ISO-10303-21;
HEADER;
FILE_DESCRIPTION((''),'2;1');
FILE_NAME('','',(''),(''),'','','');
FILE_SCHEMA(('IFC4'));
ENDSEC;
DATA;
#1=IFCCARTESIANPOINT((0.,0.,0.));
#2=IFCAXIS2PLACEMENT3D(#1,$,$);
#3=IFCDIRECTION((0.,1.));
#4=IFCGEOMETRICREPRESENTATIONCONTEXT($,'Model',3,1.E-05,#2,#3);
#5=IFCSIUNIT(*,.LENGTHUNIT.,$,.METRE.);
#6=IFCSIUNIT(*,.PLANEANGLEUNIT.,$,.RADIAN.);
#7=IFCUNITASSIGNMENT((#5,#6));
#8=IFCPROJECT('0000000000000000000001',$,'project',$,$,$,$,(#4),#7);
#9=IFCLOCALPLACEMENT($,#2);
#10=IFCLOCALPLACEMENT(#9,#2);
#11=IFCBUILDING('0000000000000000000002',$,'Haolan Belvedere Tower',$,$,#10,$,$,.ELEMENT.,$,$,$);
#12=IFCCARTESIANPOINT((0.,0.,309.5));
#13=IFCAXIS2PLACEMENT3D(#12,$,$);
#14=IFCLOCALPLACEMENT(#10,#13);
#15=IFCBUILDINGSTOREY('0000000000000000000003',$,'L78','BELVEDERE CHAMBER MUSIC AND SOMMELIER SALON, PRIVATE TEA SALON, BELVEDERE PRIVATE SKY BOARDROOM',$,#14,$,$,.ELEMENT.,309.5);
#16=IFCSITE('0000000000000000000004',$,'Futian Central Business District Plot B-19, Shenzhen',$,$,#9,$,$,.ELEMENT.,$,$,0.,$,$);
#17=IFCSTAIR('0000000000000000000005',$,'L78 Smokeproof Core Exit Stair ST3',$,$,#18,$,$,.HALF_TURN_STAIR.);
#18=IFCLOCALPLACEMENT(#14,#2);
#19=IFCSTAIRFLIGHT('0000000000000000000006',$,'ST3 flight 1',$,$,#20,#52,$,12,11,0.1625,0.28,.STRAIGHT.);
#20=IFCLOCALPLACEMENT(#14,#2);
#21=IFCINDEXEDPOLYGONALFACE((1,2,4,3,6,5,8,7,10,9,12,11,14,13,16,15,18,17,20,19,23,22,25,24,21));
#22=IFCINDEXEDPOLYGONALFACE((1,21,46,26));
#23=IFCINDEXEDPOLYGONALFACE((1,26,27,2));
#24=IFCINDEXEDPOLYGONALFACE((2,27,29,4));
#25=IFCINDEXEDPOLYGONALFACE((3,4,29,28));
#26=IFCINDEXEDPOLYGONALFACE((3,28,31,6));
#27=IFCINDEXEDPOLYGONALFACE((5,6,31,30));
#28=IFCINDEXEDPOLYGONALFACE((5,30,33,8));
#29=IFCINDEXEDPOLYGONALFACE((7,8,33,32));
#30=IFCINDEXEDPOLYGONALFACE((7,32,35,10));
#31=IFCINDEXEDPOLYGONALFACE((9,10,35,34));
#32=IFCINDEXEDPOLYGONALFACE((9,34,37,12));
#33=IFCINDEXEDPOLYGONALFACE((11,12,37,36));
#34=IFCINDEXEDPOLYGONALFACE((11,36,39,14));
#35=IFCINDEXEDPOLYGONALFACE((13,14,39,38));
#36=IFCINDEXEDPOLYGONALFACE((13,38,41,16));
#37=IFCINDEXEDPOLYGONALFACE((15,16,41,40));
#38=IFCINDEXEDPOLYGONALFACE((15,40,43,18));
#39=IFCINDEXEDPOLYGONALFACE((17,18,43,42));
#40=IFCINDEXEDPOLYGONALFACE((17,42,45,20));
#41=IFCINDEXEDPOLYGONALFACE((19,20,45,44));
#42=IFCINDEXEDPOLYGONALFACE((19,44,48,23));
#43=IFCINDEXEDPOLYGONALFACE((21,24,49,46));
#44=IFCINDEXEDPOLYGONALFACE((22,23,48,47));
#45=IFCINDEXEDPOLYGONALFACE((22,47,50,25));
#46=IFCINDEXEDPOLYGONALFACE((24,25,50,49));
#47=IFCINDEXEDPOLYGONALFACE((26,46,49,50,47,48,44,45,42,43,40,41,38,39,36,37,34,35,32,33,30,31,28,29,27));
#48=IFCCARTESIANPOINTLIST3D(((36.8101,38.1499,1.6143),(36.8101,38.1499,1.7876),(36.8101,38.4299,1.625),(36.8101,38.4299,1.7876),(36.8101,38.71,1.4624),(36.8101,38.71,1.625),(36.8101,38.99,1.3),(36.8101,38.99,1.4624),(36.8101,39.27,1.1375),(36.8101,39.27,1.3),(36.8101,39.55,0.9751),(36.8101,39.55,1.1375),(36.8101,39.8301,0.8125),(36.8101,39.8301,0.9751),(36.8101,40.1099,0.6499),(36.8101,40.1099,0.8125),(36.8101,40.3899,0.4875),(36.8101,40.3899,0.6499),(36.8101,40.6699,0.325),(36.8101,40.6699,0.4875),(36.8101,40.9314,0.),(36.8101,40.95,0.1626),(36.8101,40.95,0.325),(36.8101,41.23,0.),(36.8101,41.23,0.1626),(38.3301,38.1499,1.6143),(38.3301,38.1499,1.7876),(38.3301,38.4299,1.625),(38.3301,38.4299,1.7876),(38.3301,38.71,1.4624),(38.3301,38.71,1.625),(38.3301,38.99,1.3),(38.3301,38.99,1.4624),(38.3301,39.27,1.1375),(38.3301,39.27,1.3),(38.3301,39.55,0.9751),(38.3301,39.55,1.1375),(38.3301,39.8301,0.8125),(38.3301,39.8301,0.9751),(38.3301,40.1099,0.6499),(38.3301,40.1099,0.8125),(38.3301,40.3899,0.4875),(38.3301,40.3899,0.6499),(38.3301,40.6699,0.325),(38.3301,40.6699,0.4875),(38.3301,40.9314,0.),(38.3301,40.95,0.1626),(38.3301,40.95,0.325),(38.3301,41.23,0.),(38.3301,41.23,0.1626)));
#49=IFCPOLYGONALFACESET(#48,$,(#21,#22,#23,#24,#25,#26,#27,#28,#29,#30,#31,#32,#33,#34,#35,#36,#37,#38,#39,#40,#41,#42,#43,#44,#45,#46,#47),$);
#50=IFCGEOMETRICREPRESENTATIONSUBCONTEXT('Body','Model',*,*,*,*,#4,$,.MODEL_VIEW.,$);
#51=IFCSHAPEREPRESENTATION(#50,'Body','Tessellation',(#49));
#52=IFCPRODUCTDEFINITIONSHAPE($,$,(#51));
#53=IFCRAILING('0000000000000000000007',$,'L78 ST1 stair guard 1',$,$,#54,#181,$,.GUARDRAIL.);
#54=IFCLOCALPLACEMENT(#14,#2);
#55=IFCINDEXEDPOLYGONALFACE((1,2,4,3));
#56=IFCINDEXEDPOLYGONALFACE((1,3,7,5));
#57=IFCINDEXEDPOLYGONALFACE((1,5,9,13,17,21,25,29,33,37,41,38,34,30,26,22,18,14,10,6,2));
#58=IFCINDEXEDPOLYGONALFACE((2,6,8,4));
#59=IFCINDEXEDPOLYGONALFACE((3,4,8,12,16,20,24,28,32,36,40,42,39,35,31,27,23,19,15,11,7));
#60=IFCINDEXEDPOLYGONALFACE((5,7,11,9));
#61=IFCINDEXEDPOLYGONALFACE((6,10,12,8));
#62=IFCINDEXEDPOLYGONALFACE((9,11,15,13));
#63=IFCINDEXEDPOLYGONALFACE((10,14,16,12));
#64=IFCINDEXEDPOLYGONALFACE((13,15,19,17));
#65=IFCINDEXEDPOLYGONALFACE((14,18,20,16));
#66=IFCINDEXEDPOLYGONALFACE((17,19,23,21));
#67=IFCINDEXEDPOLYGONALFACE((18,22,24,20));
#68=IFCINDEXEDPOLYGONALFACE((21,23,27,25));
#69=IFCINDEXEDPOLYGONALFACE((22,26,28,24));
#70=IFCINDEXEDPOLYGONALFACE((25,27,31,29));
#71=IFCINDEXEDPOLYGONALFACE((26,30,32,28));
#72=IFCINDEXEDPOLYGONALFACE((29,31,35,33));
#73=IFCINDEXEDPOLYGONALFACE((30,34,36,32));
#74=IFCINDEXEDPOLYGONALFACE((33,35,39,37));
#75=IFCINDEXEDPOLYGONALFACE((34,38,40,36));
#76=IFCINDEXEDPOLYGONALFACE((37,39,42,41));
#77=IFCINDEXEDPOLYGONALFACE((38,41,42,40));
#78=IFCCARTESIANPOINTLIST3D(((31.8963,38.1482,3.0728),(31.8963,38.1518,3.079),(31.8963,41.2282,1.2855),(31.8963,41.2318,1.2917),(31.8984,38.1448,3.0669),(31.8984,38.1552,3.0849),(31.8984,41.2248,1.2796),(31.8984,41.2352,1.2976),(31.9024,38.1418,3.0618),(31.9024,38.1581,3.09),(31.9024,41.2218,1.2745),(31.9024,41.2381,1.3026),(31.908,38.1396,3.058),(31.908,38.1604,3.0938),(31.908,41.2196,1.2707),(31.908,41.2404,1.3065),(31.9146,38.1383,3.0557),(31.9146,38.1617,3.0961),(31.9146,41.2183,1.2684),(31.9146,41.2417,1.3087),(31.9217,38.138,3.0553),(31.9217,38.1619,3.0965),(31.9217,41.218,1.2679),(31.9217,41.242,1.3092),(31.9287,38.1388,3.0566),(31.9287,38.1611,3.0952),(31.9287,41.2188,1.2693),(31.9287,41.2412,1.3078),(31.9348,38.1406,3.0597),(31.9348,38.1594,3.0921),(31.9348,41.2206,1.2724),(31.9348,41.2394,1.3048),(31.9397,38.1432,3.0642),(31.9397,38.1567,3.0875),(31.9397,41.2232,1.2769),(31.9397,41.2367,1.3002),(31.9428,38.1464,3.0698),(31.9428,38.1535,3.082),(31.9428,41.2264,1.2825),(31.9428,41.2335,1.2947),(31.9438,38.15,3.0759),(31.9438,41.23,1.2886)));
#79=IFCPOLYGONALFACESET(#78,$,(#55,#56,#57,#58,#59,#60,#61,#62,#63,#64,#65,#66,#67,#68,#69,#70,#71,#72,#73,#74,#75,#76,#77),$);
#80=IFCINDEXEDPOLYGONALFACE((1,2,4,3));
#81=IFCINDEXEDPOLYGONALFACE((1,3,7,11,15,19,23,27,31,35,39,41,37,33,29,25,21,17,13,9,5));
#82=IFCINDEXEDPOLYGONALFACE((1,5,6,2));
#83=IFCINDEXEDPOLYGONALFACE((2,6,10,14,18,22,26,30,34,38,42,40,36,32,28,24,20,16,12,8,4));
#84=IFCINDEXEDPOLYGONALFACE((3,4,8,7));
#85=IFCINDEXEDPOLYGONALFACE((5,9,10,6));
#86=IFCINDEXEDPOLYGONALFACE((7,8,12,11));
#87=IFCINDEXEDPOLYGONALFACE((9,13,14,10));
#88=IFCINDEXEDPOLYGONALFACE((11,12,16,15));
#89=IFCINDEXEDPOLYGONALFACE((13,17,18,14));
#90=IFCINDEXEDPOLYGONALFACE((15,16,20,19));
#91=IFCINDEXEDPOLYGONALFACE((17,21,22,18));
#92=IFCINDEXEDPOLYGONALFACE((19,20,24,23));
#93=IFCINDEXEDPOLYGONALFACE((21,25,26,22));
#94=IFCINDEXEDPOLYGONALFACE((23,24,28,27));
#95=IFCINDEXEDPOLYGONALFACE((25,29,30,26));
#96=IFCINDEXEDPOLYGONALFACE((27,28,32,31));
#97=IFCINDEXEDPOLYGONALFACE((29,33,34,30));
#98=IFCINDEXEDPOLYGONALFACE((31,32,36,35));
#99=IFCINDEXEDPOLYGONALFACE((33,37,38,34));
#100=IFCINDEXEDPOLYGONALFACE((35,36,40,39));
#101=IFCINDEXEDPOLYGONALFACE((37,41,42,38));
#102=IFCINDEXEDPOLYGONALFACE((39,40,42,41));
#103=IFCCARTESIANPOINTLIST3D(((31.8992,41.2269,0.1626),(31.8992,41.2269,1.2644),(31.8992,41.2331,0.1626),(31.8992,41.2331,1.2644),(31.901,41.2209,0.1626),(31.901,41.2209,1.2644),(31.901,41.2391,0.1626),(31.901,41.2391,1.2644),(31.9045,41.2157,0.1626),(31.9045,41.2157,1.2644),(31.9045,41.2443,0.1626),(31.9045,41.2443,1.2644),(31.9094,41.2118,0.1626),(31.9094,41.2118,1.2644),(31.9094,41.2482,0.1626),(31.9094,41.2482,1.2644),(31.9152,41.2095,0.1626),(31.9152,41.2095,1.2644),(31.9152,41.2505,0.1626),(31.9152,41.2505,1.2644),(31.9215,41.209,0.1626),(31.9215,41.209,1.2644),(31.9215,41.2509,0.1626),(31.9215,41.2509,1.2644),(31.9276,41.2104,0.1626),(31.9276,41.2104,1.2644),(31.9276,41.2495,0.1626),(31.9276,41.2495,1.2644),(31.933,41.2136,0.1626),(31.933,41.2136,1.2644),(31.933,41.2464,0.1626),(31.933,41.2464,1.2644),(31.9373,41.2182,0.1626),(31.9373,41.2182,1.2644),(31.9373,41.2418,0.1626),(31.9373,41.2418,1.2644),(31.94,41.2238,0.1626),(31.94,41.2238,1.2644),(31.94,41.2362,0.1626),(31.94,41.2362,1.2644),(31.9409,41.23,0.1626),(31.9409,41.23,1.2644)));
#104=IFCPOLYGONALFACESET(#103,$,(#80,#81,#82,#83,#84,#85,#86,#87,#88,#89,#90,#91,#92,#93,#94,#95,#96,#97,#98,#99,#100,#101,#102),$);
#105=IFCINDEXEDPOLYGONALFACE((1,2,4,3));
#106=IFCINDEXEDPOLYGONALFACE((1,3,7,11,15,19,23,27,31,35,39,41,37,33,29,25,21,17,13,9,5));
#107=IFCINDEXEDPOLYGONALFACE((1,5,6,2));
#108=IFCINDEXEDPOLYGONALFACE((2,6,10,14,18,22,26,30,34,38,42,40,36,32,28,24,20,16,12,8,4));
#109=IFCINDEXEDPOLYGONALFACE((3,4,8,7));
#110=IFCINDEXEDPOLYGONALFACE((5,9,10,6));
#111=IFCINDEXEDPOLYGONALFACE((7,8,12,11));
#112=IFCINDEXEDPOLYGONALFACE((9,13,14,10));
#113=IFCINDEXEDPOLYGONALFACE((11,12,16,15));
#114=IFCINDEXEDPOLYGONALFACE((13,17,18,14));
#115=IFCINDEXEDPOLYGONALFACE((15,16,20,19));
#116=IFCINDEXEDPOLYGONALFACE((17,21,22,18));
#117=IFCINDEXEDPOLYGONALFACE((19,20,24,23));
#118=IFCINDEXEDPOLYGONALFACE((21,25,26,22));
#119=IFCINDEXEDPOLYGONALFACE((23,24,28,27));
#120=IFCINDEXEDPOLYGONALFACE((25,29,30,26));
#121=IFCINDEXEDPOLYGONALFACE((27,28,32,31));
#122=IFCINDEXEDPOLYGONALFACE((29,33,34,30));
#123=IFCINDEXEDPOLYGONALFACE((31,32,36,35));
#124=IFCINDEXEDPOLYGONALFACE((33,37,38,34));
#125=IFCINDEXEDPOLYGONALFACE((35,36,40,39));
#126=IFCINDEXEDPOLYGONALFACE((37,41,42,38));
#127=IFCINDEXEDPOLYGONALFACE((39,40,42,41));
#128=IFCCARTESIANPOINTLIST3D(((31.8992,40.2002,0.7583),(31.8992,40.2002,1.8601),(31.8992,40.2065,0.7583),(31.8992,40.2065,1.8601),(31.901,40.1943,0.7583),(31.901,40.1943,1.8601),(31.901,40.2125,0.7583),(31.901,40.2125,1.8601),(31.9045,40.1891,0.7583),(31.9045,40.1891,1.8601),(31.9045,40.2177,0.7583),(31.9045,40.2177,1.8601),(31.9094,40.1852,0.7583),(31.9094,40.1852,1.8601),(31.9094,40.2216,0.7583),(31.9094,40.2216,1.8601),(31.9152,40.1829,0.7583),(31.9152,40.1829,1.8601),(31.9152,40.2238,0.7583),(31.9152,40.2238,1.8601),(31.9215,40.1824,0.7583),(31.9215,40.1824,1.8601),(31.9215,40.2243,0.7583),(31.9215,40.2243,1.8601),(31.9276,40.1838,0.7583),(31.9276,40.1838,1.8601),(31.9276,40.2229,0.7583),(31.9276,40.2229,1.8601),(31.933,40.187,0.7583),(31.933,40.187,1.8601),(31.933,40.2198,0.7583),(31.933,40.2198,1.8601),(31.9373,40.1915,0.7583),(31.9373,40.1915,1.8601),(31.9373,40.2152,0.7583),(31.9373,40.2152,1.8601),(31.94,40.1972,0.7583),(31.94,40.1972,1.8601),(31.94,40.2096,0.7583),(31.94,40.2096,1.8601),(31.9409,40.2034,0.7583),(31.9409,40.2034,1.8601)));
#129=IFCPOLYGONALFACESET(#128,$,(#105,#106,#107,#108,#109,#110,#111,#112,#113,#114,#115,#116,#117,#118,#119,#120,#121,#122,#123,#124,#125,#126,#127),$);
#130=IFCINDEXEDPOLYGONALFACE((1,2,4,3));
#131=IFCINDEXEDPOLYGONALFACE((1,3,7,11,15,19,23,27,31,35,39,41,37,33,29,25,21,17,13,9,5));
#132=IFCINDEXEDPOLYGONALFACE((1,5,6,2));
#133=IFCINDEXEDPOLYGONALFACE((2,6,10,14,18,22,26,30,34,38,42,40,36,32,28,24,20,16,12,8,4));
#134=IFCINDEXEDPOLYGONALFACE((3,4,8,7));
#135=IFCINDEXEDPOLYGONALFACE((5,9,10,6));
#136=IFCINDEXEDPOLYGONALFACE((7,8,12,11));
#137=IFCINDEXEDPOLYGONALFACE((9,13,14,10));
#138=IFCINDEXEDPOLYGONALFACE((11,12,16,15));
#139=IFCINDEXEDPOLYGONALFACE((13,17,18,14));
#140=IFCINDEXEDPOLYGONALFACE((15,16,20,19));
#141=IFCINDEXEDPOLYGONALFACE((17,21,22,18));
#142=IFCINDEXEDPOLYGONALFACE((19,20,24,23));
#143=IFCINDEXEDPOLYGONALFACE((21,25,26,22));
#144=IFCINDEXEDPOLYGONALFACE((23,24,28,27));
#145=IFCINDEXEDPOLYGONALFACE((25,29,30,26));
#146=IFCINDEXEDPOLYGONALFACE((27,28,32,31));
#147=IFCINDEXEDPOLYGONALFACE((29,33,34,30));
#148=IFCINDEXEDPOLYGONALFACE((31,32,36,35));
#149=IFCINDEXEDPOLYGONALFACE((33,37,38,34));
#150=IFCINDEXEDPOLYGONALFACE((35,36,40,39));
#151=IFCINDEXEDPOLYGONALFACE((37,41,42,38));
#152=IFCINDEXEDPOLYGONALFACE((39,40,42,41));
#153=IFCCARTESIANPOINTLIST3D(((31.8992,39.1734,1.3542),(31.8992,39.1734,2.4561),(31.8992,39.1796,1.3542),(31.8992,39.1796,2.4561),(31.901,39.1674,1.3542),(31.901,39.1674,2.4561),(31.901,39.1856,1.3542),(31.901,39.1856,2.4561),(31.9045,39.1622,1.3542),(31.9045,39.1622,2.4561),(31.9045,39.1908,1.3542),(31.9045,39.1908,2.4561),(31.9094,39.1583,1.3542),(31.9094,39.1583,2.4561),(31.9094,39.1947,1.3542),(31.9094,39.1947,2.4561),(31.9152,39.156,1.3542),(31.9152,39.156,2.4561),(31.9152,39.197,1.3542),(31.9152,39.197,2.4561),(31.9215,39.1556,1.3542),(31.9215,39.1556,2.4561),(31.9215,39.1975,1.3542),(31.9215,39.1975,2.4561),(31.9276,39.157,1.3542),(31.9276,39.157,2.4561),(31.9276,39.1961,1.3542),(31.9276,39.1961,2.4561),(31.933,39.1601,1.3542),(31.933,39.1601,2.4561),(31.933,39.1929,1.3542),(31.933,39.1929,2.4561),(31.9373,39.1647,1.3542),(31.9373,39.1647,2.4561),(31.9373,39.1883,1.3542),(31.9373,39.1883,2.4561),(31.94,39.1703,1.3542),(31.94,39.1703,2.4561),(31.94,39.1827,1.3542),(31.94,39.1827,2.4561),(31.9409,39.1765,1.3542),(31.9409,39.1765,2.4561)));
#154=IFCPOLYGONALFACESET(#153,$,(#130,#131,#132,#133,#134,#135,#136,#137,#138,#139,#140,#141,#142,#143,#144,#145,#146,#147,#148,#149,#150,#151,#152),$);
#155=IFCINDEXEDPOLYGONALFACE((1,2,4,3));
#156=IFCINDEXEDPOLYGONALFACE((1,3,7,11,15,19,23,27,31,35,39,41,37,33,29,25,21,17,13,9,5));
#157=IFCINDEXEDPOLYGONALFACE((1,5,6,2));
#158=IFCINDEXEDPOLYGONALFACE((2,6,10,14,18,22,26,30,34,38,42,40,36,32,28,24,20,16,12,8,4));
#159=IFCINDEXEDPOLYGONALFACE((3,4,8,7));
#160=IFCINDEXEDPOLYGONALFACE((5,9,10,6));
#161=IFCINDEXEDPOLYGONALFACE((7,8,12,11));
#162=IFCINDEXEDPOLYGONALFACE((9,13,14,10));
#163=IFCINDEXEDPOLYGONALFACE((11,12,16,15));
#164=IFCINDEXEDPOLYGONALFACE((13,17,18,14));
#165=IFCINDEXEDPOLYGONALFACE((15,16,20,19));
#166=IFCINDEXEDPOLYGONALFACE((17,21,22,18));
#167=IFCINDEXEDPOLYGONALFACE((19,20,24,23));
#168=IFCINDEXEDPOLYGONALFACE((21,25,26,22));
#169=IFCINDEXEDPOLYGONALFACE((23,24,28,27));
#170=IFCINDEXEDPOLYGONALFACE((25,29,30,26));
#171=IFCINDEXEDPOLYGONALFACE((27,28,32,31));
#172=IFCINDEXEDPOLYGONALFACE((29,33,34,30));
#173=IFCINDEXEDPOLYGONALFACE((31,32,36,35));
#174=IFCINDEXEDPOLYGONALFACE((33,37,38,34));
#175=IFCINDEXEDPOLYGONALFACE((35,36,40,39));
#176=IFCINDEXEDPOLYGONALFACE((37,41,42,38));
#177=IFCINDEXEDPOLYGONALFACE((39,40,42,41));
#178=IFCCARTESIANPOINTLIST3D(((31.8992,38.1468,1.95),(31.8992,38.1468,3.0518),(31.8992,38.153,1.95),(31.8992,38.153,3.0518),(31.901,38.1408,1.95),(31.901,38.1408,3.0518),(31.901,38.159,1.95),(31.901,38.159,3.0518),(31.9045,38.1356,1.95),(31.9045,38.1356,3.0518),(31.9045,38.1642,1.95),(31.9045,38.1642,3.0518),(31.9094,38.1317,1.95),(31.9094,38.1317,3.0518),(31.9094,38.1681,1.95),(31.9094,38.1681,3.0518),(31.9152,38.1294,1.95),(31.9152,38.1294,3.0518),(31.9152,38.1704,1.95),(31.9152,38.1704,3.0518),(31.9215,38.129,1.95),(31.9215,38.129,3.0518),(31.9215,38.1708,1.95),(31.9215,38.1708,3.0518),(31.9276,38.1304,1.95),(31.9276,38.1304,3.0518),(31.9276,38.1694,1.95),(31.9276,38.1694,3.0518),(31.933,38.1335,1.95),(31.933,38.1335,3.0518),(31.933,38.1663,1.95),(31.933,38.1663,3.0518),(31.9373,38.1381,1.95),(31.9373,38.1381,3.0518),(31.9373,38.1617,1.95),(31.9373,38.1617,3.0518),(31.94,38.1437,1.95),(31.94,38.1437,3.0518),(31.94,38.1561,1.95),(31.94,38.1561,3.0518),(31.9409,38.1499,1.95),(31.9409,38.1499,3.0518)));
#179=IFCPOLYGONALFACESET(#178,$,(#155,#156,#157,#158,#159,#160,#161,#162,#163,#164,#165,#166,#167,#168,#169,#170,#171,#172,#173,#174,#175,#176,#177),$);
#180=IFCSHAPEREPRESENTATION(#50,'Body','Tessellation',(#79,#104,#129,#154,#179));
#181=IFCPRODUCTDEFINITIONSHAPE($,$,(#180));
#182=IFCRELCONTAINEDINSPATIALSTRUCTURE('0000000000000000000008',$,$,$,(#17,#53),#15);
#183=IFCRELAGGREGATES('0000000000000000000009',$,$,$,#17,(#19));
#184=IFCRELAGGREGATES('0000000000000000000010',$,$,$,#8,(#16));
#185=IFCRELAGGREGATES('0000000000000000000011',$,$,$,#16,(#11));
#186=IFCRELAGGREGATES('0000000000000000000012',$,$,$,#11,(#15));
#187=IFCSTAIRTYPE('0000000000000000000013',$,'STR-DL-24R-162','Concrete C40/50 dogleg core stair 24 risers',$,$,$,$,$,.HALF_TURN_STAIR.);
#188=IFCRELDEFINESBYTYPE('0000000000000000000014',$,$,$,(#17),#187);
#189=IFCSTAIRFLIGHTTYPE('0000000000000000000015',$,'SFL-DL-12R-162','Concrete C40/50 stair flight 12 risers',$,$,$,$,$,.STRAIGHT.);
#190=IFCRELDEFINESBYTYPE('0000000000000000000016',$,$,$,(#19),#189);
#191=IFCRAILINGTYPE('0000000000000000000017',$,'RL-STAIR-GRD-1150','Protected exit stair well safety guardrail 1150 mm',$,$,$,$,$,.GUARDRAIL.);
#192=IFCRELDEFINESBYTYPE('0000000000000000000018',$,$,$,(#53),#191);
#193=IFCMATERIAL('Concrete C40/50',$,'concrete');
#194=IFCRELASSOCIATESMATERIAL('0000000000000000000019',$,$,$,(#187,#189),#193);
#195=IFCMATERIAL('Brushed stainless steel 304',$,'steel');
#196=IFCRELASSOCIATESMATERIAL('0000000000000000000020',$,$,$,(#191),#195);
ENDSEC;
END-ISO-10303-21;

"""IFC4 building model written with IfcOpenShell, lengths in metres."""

from ifc_helpers import new_model, si_unit, direction, frame, origin, origin_2d, place, context, subcontext, project, spatial, polyline, circle, outline, extrude, material, type_object, element, aggregate, save


model = new_model("IFC4")

# Units and contexts
model_context = context("Model", 3, precision=1e-05, world=origin(), true_north=direction((0.0, 1.0)))
body_context = subcontext(model_context, "Body", "Model", "MODEL_VIEW")
ifc_project = project(units=[si_unit("LENGTHUNIT", "METRE"), si_unit("PLANEANGLEUNIT", "RADIAN")], contexts=[model_context])

# Site, building, storey
site_placement = place(None, origin())
site = spatial("IfcSite", under=ifc_project, at=site_placement, Name="Futian Central Business District Plot B-19, Shenzhen", CompositionType="ELEMENT", RefElevation=0.0)
building_placement = place(site_placement, origin())
building = spatial("IfcBuilding", under=site, at=building_placement, Name="Haolan Belvedere Tower", CompositionType="ELEMENT")
storey_placement = place(building_placement, frame((0.0, 0.0, 309.5)))
storey = spatial("IfcBuildingStorey", under=building, at=storey_placement, Name="L78", Description="BELVEDERE CHAMBER MUSIC AND SOMMELIER SALON, PRIVATE TEA SALON, BELVEDERE PRIVATE SKY BOARDROOM", CompositionType="ELEMENT", Elevation=309.5)

# Shared definitions
ifc_material_1 = material(Name="Concrete C40/50", Category="concrete")
stair_type = type_object("IfcStairType", Name="STR-DL-24R-162", Description="Concrete C40/50 dogleg core stair 24 risers", PredefinedType="HALF_TURN_STAIR", material=ifc_material_1)
stair_flight_type = type_object("IfcStairFlightType", Name="SFL-DL-12R-162", Description="Concrete C40/50 stair flight 12 risers", PredefinedType="STRAIGHT", material=ifc_material_1)

# Stair, stair flight
stair_1_placement = place(storey_placement, origin())
stair_1 = element("IfcStair", 1, at=stair_1_placement, inside=storey, type_object=stair_type, Name="L78 Smokeproof Core Exit Stair ST3", PredefinedType="HALF_TURN_STAIR")
stair_flight_1_placement = place(storey_placement, frame((37.5701, 41.23, 0.0), z_axis=(0.0, 0.0, 1.0), x_axis=(0.0, -1.0, 0.0)))
stair_flight_1 = element("IfcStairFlight", 2, at=stair_flight_1_placement, type_object=stair_flight_type, Name="ST3 flight 1", NumberOfRisers=12, NumberOfTreads=11, PredefinedType="STRAIGHT", RiserHeight=0.1625, TreadLength=0.28, context=body_context, shape_type="SweptSolid", body=[
    extrude(outline(polyline([(0.0, 0.0), (0.0, 0.1626), (0.28, 0.1626), (0.28, 0.325), (0.5601, 0.325), (0.5601, 0.4875), (0.8401, 0.4875), (0.8401, 0.6499), (1.1201, 0.6499), (1.1201, 0.8125), (1.3999, 0.8125), (1.3999, 0.9751), (1.6799, 0.9751), (1.6799, 1.1375), (1.96, 1.1375), (1.96, 1.3), (2.24, 1.3), (2.24, 1.4624), (2.52, 1.4624), (2.52, 1.625), (2.8, 1.625), (2.8, 1.7876), (3.0801, 1.7876), (3.0801, 1.95), (3.0801, 1.6143), (0.2986, 0.0), (0.0, 0.0)])), frame((0.0, 0.76, 0.0), z_axis=(0.0, -1.0, 0.0), x_axis=(1.0, 0.0, 0.0)), (0.0, 0.0, 1.0), 1.52),
])
aggregate(stair_1, [stair_flight_1])

# Railing
ifc_material_2 = material(Name="Brushed stainless steel 304", Category="steel")
railing_type_1 = type_object("IfcRailingType", Name="RL-STAIR-GRD-1150", Description="Protected exit stair well safety guardrail 1150 mm", PredefinedType="GUARDRAIL", material=ifc_material_2)
railing_1_placement = place(storey_placement, frame((31.9199, 41.23, 0.1626)))
element("IfcRailing", 3, at=railing_1_placement, inside=storey, type_object=railing_type_1, Name="L78 ST1 stair guard 1", PredefinedType="GUARDRAIL", context=body_context, shape_type="SweptSolid", body=[
    extrude(circle(Radius=0.0239, at=origin_2d()), frame((0.0, 0.0, 1.126), z_axis=(0.0, -0.86492, 0.501909), x_axis=(1.0, 0.0, 0.0)), (0.0, 0.0, 1.0), 3.561),
    extrude(circle(Radius=0.021, at=origin_2d()), origin(), (0.0, 0.0, 1.0), 1.1018),
    extrude(circle(Radius=0.021, at=origin_2d()), frame((0.0, -1.0266, 0.5957)), (0.0, 0.0, 1.0), 1.1018),
    extrude(circle(Radius=0.021, at=origin_2d()), frame((0.0, -2.0535, 1.1917)), (0.0, 0.0, 1.0), 1.1018),
    extrude(circle(Radius=0.021, at=origin_2d()), frame((0.0, -3.0801, 1.7874)), (0.0, 0.0, 1.0), 1.1018),
])

save(model, "model.ifc")
